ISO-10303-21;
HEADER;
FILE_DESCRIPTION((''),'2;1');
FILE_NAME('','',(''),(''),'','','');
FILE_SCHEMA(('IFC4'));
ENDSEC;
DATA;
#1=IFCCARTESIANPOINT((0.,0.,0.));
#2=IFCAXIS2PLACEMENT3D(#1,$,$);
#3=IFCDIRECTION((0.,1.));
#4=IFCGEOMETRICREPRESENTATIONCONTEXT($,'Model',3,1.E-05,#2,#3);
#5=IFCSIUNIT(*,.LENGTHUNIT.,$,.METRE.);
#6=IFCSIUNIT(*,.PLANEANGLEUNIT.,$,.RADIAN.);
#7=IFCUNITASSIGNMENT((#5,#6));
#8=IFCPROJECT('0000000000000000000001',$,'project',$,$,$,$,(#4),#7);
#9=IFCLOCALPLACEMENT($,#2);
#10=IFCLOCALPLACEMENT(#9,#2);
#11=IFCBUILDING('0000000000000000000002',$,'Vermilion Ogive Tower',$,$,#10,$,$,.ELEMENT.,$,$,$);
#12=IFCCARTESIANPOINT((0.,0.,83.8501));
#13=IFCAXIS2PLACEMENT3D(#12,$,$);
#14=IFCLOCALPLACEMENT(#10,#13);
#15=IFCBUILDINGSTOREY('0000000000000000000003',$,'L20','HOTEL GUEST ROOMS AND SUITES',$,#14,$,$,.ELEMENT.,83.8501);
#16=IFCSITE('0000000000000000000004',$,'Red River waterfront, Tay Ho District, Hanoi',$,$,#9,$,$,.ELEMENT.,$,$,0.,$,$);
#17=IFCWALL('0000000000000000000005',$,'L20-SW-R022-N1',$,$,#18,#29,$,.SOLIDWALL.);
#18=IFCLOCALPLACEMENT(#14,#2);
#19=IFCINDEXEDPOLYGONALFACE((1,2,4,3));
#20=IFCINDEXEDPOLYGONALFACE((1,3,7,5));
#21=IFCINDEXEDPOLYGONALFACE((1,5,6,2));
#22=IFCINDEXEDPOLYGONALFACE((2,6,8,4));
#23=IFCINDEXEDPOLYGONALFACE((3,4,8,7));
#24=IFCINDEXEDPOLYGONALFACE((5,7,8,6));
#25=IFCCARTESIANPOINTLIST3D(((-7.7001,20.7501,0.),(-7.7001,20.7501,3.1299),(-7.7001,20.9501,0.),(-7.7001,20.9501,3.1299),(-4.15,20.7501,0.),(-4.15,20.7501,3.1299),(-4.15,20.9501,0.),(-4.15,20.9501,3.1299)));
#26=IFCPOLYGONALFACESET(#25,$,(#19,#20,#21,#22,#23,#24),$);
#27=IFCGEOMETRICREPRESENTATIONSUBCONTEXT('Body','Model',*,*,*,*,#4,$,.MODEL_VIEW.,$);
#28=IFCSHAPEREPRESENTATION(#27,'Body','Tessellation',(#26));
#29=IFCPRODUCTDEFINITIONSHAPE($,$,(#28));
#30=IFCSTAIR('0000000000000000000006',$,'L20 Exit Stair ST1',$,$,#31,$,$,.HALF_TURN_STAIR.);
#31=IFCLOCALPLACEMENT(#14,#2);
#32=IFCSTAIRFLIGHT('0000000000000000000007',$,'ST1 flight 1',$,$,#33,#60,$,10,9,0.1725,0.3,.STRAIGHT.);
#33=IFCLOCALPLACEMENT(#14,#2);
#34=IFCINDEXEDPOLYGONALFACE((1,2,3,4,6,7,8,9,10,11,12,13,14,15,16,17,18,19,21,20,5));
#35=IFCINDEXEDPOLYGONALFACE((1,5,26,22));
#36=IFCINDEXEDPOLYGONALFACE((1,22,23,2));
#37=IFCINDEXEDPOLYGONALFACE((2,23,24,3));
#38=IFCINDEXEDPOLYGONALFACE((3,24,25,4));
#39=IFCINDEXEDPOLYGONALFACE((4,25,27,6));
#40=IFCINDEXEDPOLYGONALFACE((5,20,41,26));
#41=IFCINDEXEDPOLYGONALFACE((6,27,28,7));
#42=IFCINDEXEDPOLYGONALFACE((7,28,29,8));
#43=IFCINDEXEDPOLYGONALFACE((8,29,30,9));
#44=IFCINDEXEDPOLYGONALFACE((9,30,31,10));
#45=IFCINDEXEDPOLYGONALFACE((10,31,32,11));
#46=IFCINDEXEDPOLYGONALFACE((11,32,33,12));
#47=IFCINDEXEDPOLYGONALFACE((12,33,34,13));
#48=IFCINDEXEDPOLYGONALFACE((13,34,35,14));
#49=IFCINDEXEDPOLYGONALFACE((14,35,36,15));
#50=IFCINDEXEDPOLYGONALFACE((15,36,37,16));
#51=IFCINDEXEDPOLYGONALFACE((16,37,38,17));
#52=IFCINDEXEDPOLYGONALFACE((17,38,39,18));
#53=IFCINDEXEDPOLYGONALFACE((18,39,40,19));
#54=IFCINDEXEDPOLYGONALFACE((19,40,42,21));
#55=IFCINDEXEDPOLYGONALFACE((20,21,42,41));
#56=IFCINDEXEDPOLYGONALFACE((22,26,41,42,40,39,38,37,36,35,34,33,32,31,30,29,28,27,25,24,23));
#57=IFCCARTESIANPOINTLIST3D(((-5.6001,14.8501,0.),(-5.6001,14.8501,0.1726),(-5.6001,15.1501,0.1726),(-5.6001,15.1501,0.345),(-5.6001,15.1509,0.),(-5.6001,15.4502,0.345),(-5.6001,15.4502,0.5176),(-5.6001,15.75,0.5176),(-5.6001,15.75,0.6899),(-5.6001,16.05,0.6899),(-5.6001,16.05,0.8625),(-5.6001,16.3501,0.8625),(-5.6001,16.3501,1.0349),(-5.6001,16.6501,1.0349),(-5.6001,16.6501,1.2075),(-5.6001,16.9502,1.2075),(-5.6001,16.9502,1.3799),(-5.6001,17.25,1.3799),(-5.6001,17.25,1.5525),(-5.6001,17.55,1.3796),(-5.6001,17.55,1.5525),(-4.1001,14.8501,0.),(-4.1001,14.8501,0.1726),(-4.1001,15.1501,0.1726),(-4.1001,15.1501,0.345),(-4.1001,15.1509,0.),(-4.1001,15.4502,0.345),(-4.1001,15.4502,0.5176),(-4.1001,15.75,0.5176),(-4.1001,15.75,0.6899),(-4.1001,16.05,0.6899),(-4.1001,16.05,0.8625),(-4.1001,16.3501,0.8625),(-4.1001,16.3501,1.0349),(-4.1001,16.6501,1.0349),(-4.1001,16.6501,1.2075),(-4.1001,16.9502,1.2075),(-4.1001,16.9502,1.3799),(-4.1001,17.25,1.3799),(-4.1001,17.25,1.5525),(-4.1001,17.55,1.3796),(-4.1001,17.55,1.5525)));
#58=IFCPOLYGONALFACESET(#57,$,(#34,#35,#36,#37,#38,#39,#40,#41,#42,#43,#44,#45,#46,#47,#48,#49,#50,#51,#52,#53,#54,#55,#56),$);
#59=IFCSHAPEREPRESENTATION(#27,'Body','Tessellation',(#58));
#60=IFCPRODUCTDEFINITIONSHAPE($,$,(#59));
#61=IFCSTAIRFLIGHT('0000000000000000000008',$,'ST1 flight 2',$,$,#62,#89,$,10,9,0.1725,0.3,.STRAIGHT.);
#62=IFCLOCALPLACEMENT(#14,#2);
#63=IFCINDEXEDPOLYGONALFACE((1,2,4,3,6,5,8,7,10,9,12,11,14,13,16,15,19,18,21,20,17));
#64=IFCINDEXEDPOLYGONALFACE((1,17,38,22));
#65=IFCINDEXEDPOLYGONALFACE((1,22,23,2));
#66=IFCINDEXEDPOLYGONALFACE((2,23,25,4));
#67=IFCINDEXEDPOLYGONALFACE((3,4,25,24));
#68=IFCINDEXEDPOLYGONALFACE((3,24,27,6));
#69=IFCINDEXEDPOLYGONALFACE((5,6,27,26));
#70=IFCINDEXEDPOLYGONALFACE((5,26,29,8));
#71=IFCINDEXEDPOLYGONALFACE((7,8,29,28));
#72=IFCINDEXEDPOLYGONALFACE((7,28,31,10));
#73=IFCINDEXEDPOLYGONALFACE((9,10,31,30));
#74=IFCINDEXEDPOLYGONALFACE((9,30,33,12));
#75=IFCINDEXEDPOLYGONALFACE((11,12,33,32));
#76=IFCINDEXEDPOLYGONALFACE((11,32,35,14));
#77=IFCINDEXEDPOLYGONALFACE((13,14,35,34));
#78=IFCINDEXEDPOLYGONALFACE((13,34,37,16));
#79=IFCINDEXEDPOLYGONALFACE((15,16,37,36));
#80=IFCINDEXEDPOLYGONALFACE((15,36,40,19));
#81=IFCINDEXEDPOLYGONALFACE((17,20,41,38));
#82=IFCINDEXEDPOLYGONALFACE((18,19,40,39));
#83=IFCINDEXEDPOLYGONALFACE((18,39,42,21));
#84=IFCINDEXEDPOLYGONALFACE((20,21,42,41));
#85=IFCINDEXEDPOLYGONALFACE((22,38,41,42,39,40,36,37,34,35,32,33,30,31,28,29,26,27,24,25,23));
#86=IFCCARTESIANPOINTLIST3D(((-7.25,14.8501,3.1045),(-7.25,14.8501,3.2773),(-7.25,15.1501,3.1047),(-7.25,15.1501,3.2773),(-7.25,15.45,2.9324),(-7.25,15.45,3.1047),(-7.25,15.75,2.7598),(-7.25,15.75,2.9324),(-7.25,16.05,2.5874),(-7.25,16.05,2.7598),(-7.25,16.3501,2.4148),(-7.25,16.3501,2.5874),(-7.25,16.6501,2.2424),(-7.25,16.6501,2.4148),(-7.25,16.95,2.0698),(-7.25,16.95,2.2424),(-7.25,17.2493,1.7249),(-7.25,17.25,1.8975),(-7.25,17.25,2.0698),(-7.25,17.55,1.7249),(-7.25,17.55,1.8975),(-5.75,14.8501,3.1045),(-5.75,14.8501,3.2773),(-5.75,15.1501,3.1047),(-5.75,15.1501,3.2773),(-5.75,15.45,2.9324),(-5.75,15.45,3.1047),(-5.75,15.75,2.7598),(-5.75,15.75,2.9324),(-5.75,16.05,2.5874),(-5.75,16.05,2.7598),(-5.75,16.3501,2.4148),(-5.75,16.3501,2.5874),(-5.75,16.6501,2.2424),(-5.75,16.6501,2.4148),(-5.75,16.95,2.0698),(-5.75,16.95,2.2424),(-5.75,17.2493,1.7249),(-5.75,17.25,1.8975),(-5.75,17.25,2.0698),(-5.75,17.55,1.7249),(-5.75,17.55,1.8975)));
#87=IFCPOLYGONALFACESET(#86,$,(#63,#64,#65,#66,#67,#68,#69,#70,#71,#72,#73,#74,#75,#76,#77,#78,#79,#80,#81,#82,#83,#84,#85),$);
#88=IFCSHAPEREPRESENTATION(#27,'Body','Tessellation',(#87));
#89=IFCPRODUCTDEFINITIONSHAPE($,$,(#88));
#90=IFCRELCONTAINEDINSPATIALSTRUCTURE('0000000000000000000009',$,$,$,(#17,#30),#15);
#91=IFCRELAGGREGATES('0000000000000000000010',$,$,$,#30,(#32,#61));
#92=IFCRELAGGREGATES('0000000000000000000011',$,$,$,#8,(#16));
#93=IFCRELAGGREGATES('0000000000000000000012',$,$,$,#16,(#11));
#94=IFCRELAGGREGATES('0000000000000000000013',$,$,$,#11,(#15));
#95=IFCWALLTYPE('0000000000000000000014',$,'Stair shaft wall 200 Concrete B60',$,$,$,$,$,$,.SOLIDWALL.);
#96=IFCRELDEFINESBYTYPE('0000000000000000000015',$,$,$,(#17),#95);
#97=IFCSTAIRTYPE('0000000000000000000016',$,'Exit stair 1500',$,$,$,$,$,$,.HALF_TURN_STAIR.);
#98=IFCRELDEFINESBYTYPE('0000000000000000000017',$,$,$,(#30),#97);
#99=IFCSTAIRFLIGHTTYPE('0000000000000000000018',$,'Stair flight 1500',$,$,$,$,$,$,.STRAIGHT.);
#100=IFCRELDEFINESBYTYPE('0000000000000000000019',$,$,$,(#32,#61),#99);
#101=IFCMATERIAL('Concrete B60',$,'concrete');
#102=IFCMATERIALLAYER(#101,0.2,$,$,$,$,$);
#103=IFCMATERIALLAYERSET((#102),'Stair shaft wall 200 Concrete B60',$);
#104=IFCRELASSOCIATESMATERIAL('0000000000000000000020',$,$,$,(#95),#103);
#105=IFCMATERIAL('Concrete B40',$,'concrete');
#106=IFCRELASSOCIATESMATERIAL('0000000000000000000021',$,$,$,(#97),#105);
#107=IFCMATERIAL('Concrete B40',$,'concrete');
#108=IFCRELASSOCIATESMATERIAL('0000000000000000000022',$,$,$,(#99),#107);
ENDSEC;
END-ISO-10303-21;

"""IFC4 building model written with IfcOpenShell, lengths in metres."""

from ifc_helpers import new_model, si_unit, direction, frame, frame_2d, origin, place, context, subcontext, project, spatial, polyline, rectangle, outline, extrude, material, layer, layer_set, type_object, element, aggregate, save


model = new_model("IFC4")

# Units and contexts
model_context = context("Model", 3, precision=1e-05, world=origin(), true_north=direction((0.0, 1.0)))
body_context = subcontext(model_context, "Body", "Model", "MODEL_VIEW")
ifc_project = project(units=[si_unit("LENGTHUNIT", "METRE"), si_unit("PLANEANGLEUNIT", "RADIAN")], contexts=[model_context])

# Site, building, storey
site_placement = place(None, origin())
site = spatial("IfcSite", under=ifc_project, at=site_placement, Name="Red River waterfront, Tay Ho District, Hanoi", CompositionType="ELEMENT", RefElevation=0.0)
building_placement = place(site_placement, origin())
building = spatial("IfcBuilding", under=site, at=building_placement, Name="Vermilion Ogive Tower", CompositionType="ELEMENT")
storey_placement = place(building_placement, frame((0.0, 0.0, 83.8501)))
storey = spatial("IfcBuildingStorey", under=building, at=storey_placement, Name="L20", Description="HOTEL GUEST ROOMS AND SUITES", CompositionType="ELEMENT", Elevation=83.8501)

# Shared definitions
ifc_material_1 = material(Name="Concrete B60", Category="concrete")
ifc_layer_1 = layer(ifc_material_1, 0.2)
ifc_layer_set_1 = layer_set([ifc_layer_1], Name="Stair shaft wall 200 Concrete B60")
wall_type_1 = type_object("IfcWallType", Name="Stair shaft wall 200 Concrete B60", PredefinedType="SOLIDWALL", material=ifc_layer_set_1)

# Wall
wall_1_placement = place(storey_placement, frame((-7.7, 20.8501, 0.0), z_axis=(0.0, 0.0, 1.0), x_axis=(1.0, 0.0, 0.0)))
element("IfcWall", 1, at=wall_1_placement, inside=storey, type_object=wall_type_1, Name="L20-SW-R022-N1", PredefinedType="SOLIDWALL", context=body_context, shape_type="SweptSolid", body=[
    extrude(rectangle(XDim=3.55, YDim=0.2, at=frame_2d((1.7749, 0.0))), origin(), (0.0, 0.0, 1.0), 3.1299),
])

# Stair, stair flights
ifc_material_2 = material(Name="Concrete B40", Category="concrete")
stair_type = type_object("IfcStairType", Name="Exit stair 1500", PredefinedType="HALF_TURN_STAIR", material=ifc_material_2)
stair_placement = place(storey_placement, origin())
stair = element("IfcStair", 2, at=stair_placement, inside=storey, type_object=stair_type, Name="L20 Exit Stair ST1", PredefinedType="HALF_TURN_STAIR")
ifc_material_3 = material(Name="Concrete B40", Category="concrete")
stair_flight_type = type_object("IfcStairFlightType", Name="Stair flight 1500", PredefinedType="STRAIGHT", material=ifc_material_3)
stair_flight_1_placement = place(storey_placement, frame((-4.8501, 14.8501, 0.0), z_axis=(0.0, 0.0, 1.0), x_axis=(0.0, 1.0, 0.0)))
stair_flight_1 = element("IfcStairFlight", 3, at=stair_flight_1_placement, type_object=stair_flight_type, Name="ST1 flight 1", NumberOfRisers=10, NumberOfTreads=9, PredefinedType="STRAIGHT", RiserHeight=0.1725, TreadLength=0.3, context=body_context, shape_type="SweptSolid", body=[
    extrude(outline(polyline([(0.0, 0.0), (0.0, 0.1726), (0.3, 0.1726), (0.3, 0.345), (0.6001, 0.345), (0.6001, 0.5176), (0.8999, 0.5176), (0.8999, 0.6899), (1.2, 0.6899), (1.2, 0.8625), (1.5, 0.8625), (1.5, 1.0349), (1.8, 1.0349), (1.8, 1.2075), (2.1001, 1.2075), (2.1001, 1.3799), (2.3999, 1.3799), (2.3999, 1.5525), (2.7, 1.5525), (2.7, 1.7251), (2.7, 1.3796), (0.3008, 0.0), (0.0, 0.0)])), frame((0.0, 0.75, 0.0), z_axis=(0.0, -1.0, 0.0), x_axis=(1.0, 0.0, 0.0)), (0.0, 0.0, 1.0), 1.5),
])
stair_flight_2_placement = place(storey_placement, frame((-6.5, 17.55, 1.7249), z_axis=(0.0, 0.0, 1.0), x_axis=(0.0, -1.0, 0.0)))
stair_flight_2 = element("IfcStairFlight", 4, at=stair_flight_2_placement, type_object=stair_flight_type, Name="ST1 flight 2", NumberOfRisers=10, NumberOfTreads=9, PredefinedType="STRAIGHT", RiserHeight=0.1725, TreadLength=0.3, context=body_context, shape_type="SweptSolid", body=[
    extrude(outline(polyline([(0.0, 0.0), (0.0, 0.1726), (0.3, 0.1726), (0.3, 0.345), (0.6001, 0.345), (0.6001, 0.5176), (0.8999, 0.5176), (0.8999, 0.6899), (1.2, 0.6899), (1.2, 0.8625), (1.5, 0.8625), (1.5, 1.0349), (1.8, 1.0349), (1.8, 1.2075), (2.1001, 1.2075), (2.1001, 1.3799), (2.3999, 1.3799), (2.3999, 1.5525), (2.7, 1.5525), (2.7, 1.7251), (2.7, 1.3796), (0.3008, 0.0), (0.0, 0.0)])), frame((0.0, 0.75, 0.0), z_axis=(0.0, -1.0, 0.0), x_axis=(1.0, 0.0, 0.0)), (0.0, 0.0, 1.0), 1.5),
])
aggregate(stair, [stair_flight_1, stair_flight_2])

save(model, "model.ifc")
